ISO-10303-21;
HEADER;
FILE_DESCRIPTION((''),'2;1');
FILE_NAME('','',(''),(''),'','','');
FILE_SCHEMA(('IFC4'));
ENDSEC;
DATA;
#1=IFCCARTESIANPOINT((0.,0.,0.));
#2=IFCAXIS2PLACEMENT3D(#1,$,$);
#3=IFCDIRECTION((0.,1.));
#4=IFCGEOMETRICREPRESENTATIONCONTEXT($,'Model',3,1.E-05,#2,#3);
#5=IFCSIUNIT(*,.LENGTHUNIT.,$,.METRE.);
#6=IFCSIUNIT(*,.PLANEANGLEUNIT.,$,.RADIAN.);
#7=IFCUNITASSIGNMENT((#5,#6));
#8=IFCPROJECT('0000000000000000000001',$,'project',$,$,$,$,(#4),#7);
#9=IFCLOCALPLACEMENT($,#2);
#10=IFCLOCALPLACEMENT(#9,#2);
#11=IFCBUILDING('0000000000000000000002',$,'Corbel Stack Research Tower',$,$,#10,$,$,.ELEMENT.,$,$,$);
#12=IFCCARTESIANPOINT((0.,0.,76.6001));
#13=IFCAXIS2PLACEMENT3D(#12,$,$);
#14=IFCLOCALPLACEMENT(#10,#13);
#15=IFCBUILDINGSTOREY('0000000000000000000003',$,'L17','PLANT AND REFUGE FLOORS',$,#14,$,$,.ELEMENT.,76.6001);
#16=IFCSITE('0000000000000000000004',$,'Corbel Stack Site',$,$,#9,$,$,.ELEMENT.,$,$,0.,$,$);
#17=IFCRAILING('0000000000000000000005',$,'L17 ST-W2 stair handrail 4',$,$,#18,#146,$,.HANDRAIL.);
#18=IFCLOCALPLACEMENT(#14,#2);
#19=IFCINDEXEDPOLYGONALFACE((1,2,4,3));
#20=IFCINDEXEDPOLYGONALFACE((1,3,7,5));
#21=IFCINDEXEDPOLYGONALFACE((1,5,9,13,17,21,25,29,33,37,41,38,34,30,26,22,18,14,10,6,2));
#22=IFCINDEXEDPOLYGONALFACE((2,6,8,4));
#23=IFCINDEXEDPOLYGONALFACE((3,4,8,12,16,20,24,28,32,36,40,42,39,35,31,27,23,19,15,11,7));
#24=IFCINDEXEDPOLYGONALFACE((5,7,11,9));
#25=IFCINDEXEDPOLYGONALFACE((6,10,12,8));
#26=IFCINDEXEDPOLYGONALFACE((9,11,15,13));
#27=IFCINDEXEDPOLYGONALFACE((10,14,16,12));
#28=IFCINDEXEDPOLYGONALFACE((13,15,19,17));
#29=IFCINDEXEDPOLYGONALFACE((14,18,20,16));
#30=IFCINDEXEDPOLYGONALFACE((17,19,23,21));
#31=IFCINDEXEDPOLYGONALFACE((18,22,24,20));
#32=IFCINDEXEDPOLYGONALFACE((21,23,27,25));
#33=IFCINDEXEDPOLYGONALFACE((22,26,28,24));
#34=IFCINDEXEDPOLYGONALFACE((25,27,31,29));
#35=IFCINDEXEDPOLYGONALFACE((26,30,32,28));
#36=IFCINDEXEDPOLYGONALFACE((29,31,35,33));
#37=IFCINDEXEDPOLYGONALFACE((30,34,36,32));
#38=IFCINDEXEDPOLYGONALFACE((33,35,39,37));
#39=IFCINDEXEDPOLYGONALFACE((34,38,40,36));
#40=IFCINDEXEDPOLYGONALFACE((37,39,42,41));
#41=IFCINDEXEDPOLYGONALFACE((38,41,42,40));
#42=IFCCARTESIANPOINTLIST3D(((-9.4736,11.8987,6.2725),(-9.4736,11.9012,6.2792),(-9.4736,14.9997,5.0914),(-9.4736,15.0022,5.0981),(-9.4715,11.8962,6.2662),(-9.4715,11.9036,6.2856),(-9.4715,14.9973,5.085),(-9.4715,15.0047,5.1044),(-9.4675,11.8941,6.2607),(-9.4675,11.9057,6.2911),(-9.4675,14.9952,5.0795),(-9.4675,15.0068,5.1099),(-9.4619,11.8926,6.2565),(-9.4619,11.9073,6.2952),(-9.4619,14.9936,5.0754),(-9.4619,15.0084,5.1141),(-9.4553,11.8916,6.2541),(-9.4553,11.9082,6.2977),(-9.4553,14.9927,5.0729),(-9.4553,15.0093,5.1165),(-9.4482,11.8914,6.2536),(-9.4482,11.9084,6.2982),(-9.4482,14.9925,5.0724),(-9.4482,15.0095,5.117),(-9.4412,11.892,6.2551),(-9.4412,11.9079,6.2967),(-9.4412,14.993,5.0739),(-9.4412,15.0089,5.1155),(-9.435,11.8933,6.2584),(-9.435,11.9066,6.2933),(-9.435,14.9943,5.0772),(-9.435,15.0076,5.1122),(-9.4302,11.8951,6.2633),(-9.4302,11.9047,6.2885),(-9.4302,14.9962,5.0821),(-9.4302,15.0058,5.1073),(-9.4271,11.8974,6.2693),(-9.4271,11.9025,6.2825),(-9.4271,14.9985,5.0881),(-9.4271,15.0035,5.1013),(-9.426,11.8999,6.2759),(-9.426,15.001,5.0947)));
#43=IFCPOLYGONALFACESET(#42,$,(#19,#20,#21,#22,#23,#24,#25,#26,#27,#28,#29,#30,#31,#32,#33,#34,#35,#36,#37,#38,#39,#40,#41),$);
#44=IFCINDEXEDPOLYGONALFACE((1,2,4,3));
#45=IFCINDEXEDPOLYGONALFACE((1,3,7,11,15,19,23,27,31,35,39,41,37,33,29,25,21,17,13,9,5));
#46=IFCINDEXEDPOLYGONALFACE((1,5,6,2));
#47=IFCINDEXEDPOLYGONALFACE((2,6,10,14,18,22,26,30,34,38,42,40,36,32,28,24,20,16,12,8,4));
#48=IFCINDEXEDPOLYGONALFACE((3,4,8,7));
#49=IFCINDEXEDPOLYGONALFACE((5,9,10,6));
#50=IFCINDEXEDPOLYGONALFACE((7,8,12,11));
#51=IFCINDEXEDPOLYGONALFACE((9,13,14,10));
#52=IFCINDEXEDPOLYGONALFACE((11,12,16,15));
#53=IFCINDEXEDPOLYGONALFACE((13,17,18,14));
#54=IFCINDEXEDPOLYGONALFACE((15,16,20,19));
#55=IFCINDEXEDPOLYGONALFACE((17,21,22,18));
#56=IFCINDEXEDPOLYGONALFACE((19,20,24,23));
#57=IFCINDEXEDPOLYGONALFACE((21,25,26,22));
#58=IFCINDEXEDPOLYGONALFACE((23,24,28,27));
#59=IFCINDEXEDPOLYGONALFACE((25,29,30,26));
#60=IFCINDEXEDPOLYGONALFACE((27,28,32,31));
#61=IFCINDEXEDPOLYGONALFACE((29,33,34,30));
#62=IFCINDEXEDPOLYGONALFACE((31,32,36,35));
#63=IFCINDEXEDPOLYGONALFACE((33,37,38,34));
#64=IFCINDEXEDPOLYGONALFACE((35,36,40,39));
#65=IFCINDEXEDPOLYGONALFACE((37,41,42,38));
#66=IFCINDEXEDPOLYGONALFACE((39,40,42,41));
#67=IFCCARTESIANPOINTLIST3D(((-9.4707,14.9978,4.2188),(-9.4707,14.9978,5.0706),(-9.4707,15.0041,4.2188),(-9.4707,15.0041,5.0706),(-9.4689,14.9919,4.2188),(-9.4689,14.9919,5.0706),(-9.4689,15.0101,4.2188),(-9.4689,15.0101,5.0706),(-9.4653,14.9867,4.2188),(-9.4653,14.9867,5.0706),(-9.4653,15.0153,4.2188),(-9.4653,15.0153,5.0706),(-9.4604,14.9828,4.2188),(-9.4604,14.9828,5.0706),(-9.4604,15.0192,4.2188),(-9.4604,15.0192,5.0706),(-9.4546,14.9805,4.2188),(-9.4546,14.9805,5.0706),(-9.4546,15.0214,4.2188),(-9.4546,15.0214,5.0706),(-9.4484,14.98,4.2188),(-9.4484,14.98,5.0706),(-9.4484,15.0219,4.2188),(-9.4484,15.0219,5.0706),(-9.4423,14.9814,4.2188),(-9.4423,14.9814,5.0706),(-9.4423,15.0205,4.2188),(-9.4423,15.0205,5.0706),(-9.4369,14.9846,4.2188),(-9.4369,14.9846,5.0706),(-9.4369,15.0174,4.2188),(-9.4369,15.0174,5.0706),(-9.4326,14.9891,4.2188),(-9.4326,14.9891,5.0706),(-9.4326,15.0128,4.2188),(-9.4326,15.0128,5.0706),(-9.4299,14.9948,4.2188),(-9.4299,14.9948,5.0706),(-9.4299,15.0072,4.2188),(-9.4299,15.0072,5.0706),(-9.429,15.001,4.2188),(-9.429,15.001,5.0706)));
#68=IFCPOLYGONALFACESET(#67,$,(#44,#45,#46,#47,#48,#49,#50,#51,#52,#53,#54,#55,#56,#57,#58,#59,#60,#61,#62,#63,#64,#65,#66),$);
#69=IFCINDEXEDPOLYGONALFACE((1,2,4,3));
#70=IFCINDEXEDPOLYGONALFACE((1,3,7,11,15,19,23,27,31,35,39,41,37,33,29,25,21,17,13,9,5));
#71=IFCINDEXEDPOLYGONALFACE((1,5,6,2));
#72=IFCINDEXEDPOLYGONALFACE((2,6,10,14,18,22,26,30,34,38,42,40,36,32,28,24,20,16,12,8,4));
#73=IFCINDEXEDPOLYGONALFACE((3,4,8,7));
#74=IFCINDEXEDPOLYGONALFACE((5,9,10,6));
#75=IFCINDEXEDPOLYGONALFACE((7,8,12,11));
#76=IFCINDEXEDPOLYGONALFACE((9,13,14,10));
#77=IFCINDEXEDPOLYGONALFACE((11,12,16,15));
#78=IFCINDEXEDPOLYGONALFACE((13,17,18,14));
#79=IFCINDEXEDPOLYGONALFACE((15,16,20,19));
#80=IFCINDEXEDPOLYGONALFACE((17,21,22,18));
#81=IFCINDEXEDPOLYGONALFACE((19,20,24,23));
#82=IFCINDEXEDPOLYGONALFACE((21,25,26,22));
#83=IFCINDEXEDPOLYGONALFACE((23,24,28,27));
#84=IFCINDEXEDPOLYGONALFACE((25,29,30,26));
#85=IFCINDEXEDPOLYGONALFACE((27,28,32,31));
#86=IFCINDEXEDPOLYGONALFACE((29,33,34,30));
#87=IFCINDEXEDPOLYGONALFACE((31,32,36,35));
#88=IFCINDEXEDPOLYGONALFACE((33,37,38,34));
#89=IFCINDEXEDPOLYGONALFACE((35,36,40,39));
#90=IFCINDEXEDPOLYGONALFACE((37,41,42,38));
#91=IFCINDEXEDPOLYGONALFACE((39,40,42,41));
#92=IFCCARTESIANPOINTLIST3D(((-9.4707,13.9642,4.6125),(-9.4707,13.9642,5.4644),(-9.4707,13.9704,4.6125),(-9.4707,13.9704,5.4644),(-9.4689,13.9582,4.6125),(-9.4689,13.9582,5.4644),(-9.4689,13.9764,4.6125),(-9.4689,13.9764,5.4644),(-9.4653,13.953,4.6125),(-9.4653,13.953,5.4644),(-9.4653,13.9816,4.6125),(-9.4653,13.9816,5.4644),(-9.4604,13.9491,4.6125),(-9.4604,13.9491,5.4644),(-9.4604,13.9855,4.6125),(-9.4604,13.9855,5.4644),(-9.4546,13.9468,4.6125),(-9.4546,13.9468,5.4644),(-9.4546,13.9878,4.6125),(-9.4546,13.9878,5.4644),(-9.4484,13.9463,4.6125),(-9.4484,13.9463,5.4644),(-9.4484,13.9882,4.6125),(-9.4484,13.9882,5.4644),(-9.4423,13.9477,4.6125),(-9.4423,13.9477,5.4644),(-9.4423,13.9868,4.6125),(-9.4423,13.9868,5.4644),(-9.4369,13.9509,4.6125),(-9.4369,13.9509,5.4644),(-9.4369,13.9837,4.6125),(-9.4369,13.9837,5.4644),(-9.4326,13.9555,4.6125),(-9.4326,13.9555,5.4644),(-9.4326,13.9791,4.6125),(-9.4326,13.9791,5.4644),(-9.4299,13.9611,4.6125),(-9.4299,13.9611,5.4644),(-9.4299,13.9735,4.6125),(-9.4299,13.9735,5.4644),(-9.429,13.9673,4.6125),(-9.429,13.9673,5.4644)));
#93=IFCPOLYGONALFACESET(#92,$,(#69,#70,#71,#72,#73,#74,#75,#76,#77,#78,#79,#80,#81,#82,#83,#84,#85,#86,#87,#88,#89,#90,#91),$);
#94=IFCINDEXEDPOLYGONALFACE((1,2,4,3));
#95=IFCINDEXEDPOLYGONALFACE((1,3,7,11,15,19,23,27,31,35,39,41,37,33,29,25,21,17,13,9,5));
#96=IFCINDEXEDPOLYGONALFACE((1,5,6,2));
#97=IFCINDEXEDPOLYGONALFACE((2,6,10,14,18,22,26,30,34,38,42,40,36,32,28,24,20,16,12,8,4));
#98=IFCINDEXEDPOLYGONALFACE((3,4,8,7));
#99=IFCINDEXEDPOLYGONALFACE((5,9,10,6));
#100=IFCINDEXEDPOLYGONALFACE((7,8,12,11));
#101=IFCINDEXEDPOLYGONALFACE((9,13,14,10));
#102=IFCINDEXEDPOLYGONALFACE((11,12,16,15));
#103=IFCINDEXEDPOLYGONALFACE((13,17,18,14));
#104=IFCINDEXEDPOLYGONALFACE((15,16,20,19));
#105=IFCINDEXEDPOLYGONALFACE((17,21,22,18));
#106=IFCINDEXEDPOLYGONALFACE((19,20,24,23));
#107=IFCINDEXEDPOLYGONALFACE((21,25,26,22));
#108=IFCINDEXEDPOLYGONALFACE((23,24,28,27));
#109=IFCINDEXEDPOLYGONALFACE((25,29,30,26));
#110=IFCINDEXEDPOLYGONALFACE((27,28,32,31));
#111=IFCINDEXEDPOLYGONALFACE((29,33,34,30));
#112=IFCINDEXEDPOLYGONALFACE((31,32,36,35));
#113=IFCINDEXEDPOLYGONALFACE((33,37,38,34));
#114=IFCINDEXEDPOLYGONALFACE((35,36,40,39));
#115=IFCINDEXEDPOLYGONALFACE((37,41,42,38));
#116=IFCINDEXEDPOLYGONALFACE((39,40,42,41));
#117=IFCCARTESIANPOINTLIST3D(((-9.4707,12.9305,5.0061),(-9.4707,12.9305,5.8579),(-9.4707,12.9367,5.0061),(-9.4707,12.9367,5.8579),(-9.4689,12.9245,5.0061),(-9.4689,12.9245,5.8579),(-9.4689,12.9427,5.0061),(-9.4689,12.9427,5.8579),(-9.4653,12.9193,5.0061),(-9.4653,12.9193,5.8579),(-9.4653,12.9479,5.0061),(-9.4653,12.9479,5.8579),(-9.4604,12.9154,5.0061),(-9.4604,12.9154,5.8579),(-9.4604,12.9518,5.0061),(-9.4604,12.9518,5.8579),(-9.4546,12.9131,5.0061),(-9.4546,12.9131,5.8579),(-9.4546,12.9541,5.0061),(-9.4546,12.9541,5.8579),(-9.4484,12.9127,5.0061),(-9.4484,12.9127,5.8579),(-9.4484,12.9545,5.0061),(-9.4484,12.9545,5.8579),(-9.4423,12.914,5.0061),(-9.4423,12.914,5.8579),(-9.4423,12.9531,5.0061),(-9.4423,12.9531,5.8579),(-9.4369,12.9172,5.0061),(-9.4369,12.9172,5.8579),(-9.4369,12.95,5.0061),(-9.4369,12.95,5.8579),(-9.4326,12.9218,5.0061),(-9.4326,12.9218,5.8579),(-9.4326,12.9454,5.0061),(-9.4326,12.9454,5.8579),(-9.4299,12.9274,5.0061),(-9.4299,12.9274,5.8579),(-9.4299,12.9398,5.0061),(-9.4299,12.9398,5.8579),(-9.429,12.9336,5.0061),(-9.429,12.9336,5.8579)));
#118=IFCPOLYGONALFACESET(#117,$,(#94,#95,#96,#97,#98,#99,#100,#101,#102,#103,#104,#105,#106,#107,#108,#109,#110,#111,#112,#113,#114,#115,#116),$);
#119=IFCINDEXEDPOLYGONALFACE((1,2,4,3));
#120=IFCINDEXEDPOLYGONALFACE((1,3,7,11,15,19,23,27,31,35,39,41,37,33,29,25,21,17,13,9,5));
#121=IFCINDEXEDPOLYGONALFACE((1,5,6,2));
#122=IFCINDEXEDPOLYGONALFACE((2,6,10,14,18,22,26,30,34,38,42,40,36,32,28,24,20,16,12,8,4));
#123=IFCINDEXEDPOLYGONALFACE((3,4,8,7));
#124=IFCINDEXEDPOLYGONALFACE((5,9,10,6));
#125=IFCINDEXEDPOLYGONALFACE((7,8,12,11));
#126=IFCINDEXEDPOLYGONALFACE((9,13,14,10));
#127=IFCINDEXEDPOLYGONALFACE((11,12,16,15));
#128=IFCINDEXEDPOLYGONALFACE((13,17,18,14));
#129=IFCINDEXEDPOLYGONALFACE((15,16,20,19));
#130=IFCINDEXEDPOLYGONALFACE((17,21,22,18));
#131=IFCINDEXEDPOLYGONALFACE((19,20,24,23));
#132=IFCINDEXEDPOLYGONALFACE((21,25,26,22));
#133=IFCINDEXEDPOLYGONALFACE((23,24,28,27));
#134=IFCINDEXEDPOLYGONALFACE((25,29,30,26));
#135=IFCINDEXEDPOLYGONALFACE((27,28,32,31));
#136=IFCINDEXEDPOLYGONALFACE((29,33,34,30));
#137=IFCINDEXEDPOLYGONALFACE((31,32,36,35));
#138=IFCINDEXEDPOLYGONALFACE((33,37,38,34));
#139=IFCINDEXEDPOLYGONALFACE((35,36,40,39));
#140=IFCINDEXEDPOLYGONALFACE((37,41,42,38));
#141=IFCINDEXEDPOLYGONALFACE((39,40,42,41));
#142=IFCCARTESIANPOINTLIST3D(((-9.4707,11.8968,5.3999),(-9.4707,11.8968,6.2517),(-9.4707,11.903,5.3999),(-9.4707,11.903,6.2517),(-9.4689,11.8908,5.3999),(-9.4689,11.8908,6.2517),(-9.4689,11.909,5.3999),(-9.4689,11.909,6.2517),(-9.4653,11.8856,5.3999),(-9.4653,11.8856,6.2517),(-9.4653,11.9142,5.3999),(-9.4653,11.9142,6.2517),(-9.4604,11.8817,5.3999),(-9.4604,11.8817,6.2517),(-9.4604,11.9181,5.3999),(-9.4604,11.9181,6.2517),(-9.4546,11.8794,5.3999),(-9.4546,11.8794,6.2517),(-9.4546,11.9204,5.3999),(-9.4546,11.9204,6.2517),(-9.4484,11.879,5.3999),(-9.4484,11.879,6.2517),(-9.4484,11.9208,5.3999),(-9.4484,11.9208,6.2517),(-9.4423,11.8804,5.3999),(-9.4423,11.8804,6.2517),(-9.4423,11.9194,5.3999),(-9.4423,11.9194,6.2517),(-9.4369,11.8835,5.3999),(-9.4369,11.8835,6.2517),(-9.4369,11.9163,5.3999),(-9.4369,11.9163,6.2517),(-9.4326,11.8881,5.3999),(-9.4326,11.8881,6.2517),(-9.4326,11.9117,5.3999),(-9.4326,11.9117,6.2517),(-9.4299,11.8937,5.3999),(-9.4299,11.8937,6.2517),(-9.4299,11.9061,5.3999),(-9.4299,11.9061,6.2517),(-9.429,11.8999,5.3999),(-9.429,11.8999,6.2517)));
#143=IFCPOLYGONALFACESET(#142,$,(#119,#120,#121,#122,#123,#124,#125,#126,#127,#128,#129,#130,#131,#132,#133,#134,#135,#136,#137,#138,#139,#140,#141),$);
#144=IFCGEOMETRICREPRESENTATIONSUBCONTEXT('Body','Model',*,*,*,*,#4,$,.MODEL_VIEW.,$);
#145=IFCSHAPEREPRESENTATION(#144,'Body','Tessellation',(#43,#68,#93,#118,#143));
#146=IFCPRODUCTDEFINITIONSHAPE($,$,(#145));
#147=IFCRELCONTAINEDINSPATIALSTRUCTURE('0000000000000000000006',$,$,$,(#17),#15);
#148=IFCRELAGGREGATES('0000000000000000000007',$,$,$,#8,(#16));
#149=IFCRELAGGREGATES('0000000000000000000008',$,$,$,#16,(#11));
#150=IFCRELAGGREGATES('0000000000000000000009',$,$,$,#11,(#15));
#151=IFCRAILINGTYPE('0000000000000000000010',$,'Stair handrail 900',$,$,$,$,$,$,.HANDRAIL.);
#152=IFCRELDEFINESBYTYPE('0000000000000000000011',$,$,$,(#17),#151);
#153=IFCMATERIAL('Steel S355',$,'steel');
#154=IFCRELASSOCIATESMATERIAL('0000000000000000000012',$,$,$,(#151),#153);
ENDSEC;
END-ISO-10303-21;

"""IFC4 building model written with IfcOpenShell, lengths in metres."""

from ifc_helpers import new_model, si_unit, direction, frame, origin, origin_2d, place, context, subcontext, project, spatial, circle, extrude, material, type_object, element, save


model = new_model("IFC4")

# Units and contexts
model_context = context("Model", 3, precision=1e-05, world=origin(), true_north=direction((0.0, 1.0)))
body_context = subcontext(model_context, "Body", "Model", "MODEL_VIEW")
ifc_project = project(units=[si_unit("LENGTHUNIT", "METRE"), si_unit("PLANEANGLEUNIT", "RADIAN")], contexts=[model_context])

# Site, building, storey
site_placement = place(None, origin())
site = spatial("IfcSite", under=ifc_project, at=site_placement, Name="Corbel Stack Site", CompositionType="ELEMENT", RefElevation=0.0)
building_placement = place(site_placement, origin())
building = spatial("IfcBuilding", under=site, at=building_placement, Name="Corbel Stack Research Tower", CompositionType="ELEMENT")
storey_placement = place(building_placement, frame((0.0, 0.0, 76.6001)))
storey = spatial("IfcBuildingStorey", under=building, at=storey_placement, Name="L17", Description="PLANT AND REFUGE FLOORS", CompositionType="ELEMENT", Elevation=76.6001)

# Railing
ifc_material_1 = material(Name="Steel S355", Category="steel")
railing_type_1 = type_object("IfcRailingType", Name="Stair handrail 900", PredefinedType="HANDRAIL", material=ifc_material_1)
railing_1_placement = place(storey_placement, frame((-9.45, 15.001, 4.2188)))
element("IfcRailing", 1, at=railing_1_placement, inside=storey, type_object=railing_type_1, Name="L17 ST-W2 stair handrail 4", PredefinedType="HANDRAIL", context=body_context, shape_type="SweptSolid", body=[
    extrude(circle(Radius=0.0239, at=origin_2d()), frame((0.0, 0.0, 0.876), z_axis=(0.0, -0.934509, 0.35594), x_axis=(1.0, 0.0, 0.0)), (0.0, 0.0, 1.0), 3.3184),
    extrude(circle(Radius=0.021, at=origin_2d()), origin(), (0.0, 0.0, 1.0), 0.8518),
    extrude(circle(Radius=0.021, at=origin_2d()), frame((0.0, -1.0337, 0.3938)), (0.0, 0.0, 1.0), 0.8518),
    extrude(circle(Radius=0.021, at=origin_2d()), frame((0.0, -2.0674, 0.7874)), (0.0, 0.0, 1.0), 0.8518),
    extrude(circle(Radius=0.021, at=origin_2d()), frame((0.0, -3.1011, 1.1812)), (0.0, 0.0, 1.0), 0.8518),
])

save(model, "model.ifc")
